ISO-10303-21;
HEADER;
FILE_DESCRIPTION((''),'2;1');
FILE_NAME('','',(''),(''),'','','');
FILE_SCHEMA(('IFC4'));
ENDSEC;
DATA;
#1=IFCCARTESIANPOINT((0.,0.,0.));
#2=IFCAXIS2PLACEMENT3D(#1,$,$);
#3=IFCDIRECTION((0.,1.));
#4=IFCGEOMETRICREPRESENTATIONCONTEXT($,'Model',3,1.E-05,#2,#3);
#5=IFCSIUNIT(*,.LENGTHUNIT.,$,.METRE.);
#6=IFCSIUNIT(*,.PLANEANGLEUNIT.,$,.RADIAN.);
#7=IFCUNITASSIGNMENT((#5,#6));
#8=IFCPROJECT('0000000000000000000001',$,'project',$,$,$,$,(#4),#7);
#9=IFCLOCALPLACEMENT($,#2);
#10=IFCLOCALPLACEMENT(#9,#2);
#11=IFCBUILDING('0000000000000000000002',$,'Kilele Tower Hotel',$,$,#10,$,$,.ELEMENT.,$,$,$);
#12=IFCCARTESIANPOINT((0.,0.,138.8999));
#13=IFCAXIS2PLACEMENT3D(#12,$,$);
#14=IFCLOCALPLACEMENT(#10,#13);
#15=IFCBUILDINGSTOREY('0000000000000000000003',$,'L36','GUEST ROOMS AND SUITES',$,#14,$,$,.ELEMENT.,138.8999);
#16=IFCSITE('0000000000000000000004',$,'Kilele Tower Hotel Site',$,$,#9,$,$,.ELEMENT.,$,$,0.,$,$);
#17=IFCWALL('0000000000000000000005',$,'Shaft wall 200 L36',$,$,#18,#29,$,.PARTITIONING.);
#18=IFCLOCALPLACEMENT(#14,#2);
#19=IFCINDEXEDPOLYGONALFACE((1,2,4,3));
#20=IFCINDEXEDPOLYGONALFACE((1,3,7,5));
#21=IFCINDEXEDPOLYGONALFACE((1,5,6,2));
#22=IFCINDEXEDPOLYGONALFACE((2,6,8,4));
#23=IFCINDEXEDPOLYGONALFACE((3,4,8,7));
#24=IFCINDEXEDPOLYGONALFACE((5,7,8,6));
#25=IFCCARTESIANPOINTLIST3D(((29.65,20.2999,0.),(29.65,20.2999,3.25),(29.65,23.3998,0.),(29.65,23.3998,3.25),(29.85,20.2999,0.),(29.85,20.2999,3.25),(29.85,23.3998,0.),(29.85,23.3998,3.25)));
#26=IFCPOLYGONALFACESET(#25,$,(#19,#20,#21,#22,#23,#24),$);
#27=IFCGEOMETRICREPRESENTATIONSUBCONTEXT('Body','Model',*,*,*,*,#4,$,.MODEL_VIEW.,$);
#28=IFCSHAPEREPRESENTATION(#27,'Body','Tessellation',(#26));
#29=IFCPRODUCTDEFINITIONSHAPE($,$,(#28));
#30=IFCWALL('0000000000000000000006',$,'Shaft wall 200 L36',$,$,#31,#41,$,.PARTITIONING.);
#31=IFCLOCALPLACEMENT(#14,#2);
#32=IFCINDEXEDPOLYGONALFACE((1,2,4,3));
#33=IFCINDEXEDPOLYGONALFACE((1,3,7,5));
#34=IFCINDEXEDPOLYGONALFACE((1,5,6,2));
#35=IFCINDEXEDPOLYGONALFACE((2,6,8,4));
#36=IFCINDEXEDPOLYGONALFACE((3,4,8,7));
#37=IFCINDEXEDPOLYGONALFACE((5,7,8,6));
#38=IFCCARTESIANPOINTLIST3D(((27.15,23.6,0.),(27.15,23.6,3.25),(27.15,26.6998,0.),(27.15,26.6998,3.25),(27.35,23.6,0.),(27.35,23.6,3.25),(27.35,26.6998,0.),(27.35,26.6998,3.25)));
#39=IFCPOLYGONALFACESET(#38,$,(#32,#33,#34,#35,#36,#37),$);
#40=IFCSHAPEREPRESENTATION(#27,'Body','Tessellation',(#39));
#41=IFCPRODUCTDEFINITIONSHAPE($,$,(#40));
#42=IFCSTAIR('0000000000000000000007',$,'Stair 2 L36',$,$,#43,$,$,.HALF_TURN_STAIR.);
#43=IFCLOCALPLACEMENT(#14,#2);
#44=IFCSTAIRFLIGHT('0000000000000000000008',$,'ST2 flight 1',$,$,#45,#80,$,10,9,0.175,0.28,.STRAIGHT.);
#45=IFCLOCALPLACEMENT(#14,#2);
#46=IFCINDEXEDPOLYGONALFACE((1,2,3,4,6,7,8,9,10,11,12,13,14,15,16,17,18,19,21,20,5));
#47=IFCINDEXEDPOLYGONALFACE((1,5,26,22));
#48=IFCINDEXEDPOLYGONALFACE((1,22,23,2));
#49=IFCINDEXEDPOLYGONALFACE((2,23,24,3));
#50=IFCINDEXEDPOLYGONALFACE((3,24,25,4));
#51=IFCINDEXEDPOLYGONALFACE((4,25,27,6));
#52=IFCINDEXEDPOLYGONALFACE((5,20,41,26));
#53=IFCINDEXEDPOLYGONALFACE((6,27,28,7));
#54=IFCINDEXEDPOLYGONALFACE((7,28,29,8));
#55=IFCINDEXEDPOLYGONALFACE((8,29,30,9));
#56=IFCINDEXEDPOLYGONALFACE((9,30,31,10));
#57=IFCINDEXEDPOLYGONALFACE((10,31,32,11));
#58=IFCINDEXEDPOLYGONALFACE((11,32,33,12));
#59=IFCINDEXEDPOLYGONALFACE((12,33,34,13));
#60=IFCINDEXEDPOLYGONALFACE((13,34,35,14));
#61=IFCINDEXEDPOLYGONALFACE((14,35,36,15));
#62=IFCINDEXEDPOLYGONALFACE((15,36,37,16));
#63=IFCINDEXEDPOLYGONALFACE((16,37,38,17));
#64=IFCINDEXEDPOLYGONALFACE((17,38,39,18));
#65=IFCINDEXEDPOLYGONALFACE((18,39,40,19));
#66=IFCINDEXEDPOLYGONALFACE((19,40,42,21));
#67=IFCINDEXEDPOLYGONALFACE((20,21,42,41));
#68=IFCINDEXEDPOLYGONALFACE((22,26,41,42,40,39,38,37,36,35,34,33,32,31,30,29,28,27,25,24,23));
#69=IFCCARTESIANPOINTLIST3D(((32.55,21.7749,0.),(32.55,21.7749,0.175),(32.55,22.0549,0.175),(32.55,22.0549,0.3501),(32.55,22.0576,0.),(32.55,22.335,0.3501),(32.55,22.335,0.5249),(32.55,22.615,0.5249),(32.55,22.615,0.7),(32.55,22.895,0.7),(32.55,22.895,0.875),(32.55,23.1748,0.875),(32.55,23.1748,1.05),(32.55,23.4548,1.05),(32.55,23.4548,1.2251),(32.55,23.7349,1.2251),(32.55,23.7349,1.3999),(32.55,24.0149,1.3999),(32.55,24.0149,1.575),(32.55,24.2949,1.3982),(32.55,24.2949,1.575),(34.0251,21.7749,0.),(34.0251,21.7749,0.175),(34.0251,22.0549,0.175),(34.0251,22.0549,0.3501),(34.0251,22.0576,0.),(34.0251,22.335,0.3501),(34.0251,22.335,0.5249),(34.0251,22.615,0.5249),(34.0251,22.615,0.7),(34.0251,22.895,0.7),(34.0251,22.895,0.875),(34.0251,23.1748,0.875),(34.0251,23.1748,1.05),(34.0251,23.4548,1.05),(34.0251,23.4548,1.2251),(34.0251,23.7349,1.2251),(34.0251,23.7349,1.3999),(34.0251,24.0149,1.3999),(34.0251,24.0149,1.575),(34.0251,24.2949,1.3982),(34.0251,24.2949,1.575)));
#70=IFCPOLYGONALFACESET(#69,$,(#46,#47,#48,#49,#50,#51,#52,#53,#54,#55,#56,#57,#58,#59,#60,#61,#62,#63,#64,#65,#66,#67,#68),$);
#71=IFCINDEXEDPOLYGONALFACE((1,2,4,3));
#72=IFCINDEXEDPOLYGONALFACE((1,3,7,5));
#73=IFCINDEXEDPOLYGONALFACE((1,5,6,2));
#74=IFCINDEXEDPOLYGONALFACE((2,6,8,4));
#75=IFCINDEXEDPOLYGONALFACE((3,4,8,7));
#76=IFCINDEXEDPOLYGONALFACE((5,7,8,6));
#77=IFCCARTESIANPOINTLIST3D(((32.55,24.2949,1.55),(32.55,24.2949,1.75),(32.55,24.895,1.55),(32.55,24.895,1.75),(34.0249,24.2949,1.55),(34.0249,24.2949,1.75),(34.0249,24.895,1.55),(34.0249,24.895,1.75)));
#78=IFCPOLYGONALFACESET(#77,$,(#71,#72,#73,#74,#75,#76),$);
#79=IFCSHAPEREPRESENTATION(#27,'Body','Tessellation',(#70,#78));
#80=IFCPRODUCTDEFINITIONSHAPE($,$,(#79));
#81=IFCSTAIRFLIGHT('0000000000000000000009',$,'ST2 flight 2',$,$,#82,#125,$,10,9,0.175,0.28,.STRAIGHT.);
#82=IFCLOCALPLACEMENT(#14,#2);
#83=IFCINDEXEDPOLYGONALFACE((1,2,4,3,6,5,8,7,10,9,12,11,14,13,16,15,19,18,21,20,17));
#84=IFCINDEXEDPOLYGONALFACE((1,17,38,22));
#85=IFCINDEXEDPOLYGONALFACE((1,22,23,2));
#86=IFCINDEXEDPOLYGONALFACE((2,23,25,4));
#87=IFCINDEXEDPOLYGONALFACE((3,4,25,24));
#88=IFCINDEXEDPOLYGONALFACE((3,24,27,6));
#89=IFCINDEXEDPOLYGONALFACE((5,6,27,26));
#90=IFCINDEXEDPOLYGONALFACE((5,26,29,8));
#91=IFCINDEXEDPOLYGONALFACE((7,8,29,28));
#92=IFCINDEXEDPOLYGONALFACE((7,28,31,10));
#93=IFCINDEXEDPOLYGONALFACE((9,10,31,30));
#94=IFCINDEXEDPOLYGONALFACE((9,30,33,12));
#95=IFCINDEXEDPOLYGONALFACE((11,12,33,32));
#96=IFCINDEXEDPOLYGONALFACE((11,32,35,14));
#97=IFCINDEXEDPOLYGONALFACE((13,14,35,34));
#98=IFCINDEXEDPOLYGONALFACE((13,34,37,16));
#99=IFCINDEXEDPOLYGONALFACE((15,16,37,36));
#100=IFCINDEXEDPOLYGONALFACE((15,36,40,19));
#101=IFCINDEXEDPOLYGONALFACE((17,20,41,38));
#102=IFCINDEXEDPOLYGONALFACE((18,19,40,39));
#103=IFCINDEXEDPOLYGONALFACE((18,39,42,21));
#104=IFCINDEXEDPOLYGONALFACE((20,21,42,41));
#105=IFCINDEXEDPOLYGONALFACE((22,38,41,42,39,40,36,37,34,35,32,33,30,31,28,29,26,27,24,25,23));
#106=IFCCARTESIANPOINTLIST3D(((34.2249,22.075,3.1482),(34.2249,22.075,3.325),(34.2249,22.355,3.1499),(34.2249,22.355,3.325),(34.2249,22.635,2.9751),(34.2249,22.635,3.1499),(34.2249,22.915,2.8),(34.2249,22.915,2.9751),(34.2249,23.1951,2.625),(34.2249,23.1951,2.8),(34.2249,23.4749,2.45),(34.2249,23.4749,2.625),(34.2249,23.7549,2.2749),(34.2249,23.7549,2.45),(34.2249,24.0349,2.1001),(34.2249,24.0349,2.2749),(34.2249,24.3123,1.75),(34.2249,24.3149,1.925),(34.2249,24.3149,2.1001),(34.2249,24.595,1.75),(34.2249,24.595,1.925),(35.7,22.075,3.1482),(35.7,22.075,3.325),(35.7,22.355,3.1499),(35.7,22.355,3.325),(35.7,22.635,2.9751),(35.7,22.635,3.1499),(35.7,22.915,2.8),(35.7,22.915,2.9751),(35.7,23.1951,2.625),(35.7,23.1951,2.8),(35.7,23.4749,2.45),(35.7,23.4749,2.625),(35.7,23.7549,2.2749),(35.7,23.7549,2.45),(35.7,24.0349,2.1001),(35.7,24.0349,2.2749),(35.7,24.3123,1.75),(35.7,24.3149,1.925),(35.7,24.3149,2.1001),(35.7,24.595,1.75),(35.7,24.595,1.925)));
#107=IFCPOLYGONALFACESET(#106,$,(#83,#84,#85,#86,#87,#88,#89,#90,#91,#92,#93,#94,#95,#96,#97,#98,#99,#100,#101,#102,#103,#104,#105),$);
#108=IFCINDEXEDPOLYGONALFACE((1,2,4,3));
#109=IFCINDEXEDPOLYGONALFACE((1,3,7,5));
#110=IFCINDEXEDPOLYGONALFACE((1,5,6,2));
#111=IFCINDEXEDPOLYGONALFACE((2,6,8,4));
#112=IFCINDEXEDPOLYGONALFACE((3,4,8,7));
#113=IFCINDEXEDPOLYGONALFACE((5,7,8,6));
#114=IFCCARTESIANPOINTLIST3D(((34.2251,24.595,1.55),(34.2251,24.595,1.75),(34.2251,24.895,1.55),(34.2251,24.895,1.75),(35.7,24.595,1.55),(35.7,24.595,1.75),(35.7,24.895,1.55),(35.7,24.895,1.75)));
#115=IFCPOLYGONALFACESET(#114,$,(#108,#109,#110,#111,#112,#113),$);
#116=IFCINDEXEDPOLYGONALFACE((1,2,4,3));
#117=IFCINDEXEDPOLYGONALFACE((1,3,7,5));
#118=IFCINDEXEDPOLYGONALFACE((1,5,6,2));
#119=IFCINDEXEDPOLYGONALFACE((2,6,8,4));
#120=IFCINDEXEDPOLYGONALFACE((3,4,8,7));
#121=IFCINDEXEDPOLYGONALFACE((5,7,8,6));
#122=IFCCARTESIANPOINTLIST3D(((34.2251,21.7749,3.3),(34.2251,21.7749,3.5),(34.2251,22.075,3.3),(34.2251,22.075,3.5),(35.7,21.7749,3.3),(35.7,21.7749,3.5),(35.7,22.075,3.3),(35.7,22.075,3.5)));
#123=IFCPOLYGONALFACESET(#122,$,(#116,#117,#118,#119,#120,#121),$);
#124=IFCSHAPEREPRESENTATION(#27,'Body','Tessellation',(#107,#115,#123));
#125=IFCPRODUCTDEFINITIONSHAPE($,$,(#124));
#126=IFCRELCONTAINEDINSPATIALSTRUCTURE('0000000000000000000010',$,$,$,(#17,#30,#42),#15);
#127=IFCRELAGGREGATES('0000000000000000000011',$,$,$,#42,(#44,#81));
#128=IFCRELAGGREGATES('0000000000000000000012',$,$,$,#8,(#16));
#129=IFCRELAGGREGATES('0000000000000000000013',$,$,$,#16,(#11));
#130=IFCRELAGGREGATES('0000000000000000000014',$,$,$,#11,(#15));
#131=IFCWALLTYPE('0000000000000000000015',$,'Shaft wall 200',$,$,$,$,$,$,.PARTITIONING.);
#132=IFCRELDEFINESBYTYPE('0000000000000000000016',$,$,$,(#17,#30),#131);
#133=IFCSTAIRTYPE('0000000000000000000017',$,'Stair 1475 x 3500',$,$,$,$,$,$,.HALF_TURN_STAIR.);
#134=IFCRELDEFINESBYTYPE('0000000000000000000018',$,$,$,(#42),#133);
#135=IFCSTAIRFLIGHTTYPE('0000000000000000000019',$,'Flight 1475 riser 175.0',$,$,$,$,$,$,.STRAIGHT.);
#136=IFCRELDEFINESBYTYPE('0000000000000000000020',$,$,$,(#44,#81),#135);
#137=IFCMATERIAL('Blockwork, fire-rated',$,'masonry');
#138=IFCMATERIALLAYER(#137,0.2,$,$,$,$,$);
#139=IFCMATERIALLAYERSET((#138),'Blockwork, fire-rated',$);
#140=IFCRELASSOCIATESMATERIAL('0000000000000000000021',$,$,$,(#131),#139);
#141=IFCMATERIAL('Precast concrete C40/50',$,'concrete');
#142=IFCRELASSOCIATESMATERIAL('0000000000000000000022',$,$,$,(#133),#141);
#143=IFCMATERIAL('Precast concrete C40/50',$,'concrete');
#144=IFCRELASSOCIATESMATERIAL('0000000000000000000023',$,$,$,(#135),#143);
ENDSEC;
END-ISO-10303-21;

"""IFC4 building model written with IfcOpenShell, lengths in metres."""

from ifc_helpers import new_model, si_unit, direction, frame, frame_2d, origin, place, context, subcontext, project, spatial, polyline, rectangle, outline, extrude, material, layer, layer_set, type_object, element, aggregate, save


model = new_model("IFC4")

# Units and contexts
model_context = context("Model", 3, precision=1e-05, world=origin(), true_north=direction((0.0, 1.0)))
body_context = subcontext(model_context, "Body", "Model", "MODEL_VIEW")
ifc_project = project(units=[si_unit("LENGTHUNIT", "METRE"), si_unit("PLANEANGLEUNIT", "RADIAN")], contexts=[model_context])

# Site, building, storey
site_placement = place(None, origin())
site = spatial("IfcSite", under=ifc_project, at=site_placement, Name="Kilele Tower Hotel Site", CompositionType="ELEMENT", RefElevation=0.0)
building_placement = place(site_placement, origin())
building = spatial("IfcBuilding", under=site, at=building_placement, Name="Kilele Tower Hotel", CompositionType="ELEMENT")
storey_placement = place(building_placement, frame((0.0, 0.0, 138.8999)))
storey = spatial("IfcBuildingStorey", under=building, at=storey_placement, Name="L36", Description="GUEST ROOMS AND SUITES", CompositionType="ELEMENT", Elevation=138.8999)

# Walls
ifc_material_1 = material(Name="Blockwork, fire-rated", Category="masonry")
ifc_layer_1 = layer(ifc_material_1, 0.2)
ifc_layer_set_1 = layer_set([ifc_layer_1], Name="Blockwork, fire-rated")
wall_type_1 = type_object("IfcWallType", Name="Shaft wall 200", PredefinedType="PARTITIONING", material=ifc_layer_set_1)
for number, where, z_axis, x_axis, name in (
    (1, (29.75, 20.3, 0.0), (0.0, 0.0, 1.0), (0.0, 1.0, 0.0), "Shaft wall 200 L36"),
    (2, (27.25, 23.6001, 0.0), (0.0, 0.0, 1.0), (0.0, 1.0, 0.0), "Shaft wall 200 L36"),
):
    element("IfcWall", number, at=place(storey_placement, frame(where, z_axis=z_axis, x_axis=x_axis)), inside=storey, type_object=wall_type_1, Name=name, PredefinedType="PARTITIONING", context=body_context, shape_type="SweptSolid", body=[
        extrude(rectangle(XDim=3.0999, YDim=0.2, at=frame_2d((1.5498, 0.0))), origin(), (0.0, 0.0, 1.0), 3.25),
    ])

# Stair, stair flights
ifc_material_2 = material(Name="Precast concrete C40/50", Category="concrete")
stair_type = type_object("IfcStairType", Name="Stair 1475 x 3500", PredefinedType="HALF_TURN_STAIR", material=ifc_material_2)
stair_placement = place(storey_placement, origin())
stair = element("IfcStair", 3, at=stair_placement, inside=storey, type_object=stair_type, Name="Stair 2 L36", PredefinedType="HALF_TURN_STAIR")
ifc_material_3 = material(Name="Precast concrete C40/50", Category="concrete")
stair_flight_type = type_object("IfcStairFlightType", Name="Flight 1475 riser 175.0", PredefinedType="STRAIGHT", material=ifc_material_3)
stair_flight_1_placement = place(storey_placement, frame((33.2876, 21.7749, 0.0), z_axis=(0.0, 0.0, 1.0), x_axis=(0.0, 1.0, 0.0)))
stair_flight_1 = element("IfcStairFlight", 4, at=stair_flight_1_placement, type_object=stair_flight_type, Name="ST2 flight 1", NumberOfRisers=10, NumberOfTreads=9, PredefinedType="STRAIGHT", RiserHeight=0.175, TreadLength=0.28, context=body_context, shape_type="SweptSolid", body=[
    extrude(outline(polyline([(0.0, 0.0), (0.0, 0.175), (0.28, 0.175), (0.28, 0.3501), (0.5601, 0.3501), (0.5601, 0.5249), (0.8401, 0.5249), (0.8401, 0.7), (1.1201, 0.7), (1.1201, 0.875), (1.3999, 0.875), (1.3999, 1.05), (1.6799, 1.05), (1.6799, 1.2251), (1.96, 1.2251), (1.96, 1.3999), (2.24, 1.3999), (2.24, 1.575), (2.52, 1.575), (2.52, 1.75), (2.52, 1.3982), (0.2827, 0.0), (0.0, 0.0)])), frame((0.0, 0.7375, 0.0), z_axis=(0.0, -1.0, 0.0), x_axis=(1.0, 0.0, 0.0)), (0.0, 0.0, 1.0), 1.4751),
    extrude(outline(polyline([(2.52, 0.7375), (2.52, -0.7373), (3.1201, -0.7373), (3.1201, 0.7375), (2.52, 0.7375)])), frame((0.0, 0.0, 1.55)), (0.0, 0.0, 1.0), 0.2),
])
stair_flight_2_placement = place(storey_placement, frame((34.9624, 24.595, 1.75), z_axis=(0.0, 0.0, 1.0), x_axis=(0.0, -1.0, 0.0)))
stair_flight_2 = element("IfcStairFlight", 5, at=stair_flight_2_placement, type_object=stair_flight_type, Name="ST2 flight 2", NumberOfRisers=10, NumberOfTreads=9, PredefinedType="STRAIGHT", RiserHeight=0.175, TreadLength=0.28, context=body_context, shape_type="SweptSolid", body=[
    extrude(outline(polyline([(0.0, 0.0), (0.0, 0.175), (0.28, 0.175), (0.28, 0.3501), (0.5601, 0.3501), (0.5601, 0.5249), (0.8401, 0.5249), (0.8401, 0.7), (1.1201, 0.7), (1.1201, 0.875), (1.3999, 0.875), (1.3999, 1.05), (1.6799, 1.05), (1.6799, 1.2251), (1.96, 1.2251), (1.96, 1.3999), (2.24, 1.3999), (2.24, 1.575), (2.52, 1.575), (2.52, 1.75), (2.52, 1.3982), (0.2827, 0.0), (0.0, 0.0)])), frame((0.0, 0.7375, 0.0), z_axis=(0.0, -1.0, 0.0), x_axis=(1.0, 0.0, 0.0)), (0.0, 0.0, 1.0), 1.4751),
    extrude(outline(polyline([(0.0, -0.7373), (0.0, 0.7375), (-0.3, 0.7375), (-0.3, -0.7373), (0.0, -0.7373)])), frame((0.0, 0.0, -0.2)), (0.0, 0.0, 1.0), 0.2),
    extrude(outline(polyline([(2.8201, -0.7373), (2.8201, 0.7375), (2.52, 0.7375), (2.52, -0.7373), (2.8201, -0.7373)])), frame((0.0, 0.0, 1.55)), (0.0, 0.0, 1.0), 0.2),
])
aggregate(stair, [stair_flight_1, stair_flight_2])

save(model, "model.ifc")
